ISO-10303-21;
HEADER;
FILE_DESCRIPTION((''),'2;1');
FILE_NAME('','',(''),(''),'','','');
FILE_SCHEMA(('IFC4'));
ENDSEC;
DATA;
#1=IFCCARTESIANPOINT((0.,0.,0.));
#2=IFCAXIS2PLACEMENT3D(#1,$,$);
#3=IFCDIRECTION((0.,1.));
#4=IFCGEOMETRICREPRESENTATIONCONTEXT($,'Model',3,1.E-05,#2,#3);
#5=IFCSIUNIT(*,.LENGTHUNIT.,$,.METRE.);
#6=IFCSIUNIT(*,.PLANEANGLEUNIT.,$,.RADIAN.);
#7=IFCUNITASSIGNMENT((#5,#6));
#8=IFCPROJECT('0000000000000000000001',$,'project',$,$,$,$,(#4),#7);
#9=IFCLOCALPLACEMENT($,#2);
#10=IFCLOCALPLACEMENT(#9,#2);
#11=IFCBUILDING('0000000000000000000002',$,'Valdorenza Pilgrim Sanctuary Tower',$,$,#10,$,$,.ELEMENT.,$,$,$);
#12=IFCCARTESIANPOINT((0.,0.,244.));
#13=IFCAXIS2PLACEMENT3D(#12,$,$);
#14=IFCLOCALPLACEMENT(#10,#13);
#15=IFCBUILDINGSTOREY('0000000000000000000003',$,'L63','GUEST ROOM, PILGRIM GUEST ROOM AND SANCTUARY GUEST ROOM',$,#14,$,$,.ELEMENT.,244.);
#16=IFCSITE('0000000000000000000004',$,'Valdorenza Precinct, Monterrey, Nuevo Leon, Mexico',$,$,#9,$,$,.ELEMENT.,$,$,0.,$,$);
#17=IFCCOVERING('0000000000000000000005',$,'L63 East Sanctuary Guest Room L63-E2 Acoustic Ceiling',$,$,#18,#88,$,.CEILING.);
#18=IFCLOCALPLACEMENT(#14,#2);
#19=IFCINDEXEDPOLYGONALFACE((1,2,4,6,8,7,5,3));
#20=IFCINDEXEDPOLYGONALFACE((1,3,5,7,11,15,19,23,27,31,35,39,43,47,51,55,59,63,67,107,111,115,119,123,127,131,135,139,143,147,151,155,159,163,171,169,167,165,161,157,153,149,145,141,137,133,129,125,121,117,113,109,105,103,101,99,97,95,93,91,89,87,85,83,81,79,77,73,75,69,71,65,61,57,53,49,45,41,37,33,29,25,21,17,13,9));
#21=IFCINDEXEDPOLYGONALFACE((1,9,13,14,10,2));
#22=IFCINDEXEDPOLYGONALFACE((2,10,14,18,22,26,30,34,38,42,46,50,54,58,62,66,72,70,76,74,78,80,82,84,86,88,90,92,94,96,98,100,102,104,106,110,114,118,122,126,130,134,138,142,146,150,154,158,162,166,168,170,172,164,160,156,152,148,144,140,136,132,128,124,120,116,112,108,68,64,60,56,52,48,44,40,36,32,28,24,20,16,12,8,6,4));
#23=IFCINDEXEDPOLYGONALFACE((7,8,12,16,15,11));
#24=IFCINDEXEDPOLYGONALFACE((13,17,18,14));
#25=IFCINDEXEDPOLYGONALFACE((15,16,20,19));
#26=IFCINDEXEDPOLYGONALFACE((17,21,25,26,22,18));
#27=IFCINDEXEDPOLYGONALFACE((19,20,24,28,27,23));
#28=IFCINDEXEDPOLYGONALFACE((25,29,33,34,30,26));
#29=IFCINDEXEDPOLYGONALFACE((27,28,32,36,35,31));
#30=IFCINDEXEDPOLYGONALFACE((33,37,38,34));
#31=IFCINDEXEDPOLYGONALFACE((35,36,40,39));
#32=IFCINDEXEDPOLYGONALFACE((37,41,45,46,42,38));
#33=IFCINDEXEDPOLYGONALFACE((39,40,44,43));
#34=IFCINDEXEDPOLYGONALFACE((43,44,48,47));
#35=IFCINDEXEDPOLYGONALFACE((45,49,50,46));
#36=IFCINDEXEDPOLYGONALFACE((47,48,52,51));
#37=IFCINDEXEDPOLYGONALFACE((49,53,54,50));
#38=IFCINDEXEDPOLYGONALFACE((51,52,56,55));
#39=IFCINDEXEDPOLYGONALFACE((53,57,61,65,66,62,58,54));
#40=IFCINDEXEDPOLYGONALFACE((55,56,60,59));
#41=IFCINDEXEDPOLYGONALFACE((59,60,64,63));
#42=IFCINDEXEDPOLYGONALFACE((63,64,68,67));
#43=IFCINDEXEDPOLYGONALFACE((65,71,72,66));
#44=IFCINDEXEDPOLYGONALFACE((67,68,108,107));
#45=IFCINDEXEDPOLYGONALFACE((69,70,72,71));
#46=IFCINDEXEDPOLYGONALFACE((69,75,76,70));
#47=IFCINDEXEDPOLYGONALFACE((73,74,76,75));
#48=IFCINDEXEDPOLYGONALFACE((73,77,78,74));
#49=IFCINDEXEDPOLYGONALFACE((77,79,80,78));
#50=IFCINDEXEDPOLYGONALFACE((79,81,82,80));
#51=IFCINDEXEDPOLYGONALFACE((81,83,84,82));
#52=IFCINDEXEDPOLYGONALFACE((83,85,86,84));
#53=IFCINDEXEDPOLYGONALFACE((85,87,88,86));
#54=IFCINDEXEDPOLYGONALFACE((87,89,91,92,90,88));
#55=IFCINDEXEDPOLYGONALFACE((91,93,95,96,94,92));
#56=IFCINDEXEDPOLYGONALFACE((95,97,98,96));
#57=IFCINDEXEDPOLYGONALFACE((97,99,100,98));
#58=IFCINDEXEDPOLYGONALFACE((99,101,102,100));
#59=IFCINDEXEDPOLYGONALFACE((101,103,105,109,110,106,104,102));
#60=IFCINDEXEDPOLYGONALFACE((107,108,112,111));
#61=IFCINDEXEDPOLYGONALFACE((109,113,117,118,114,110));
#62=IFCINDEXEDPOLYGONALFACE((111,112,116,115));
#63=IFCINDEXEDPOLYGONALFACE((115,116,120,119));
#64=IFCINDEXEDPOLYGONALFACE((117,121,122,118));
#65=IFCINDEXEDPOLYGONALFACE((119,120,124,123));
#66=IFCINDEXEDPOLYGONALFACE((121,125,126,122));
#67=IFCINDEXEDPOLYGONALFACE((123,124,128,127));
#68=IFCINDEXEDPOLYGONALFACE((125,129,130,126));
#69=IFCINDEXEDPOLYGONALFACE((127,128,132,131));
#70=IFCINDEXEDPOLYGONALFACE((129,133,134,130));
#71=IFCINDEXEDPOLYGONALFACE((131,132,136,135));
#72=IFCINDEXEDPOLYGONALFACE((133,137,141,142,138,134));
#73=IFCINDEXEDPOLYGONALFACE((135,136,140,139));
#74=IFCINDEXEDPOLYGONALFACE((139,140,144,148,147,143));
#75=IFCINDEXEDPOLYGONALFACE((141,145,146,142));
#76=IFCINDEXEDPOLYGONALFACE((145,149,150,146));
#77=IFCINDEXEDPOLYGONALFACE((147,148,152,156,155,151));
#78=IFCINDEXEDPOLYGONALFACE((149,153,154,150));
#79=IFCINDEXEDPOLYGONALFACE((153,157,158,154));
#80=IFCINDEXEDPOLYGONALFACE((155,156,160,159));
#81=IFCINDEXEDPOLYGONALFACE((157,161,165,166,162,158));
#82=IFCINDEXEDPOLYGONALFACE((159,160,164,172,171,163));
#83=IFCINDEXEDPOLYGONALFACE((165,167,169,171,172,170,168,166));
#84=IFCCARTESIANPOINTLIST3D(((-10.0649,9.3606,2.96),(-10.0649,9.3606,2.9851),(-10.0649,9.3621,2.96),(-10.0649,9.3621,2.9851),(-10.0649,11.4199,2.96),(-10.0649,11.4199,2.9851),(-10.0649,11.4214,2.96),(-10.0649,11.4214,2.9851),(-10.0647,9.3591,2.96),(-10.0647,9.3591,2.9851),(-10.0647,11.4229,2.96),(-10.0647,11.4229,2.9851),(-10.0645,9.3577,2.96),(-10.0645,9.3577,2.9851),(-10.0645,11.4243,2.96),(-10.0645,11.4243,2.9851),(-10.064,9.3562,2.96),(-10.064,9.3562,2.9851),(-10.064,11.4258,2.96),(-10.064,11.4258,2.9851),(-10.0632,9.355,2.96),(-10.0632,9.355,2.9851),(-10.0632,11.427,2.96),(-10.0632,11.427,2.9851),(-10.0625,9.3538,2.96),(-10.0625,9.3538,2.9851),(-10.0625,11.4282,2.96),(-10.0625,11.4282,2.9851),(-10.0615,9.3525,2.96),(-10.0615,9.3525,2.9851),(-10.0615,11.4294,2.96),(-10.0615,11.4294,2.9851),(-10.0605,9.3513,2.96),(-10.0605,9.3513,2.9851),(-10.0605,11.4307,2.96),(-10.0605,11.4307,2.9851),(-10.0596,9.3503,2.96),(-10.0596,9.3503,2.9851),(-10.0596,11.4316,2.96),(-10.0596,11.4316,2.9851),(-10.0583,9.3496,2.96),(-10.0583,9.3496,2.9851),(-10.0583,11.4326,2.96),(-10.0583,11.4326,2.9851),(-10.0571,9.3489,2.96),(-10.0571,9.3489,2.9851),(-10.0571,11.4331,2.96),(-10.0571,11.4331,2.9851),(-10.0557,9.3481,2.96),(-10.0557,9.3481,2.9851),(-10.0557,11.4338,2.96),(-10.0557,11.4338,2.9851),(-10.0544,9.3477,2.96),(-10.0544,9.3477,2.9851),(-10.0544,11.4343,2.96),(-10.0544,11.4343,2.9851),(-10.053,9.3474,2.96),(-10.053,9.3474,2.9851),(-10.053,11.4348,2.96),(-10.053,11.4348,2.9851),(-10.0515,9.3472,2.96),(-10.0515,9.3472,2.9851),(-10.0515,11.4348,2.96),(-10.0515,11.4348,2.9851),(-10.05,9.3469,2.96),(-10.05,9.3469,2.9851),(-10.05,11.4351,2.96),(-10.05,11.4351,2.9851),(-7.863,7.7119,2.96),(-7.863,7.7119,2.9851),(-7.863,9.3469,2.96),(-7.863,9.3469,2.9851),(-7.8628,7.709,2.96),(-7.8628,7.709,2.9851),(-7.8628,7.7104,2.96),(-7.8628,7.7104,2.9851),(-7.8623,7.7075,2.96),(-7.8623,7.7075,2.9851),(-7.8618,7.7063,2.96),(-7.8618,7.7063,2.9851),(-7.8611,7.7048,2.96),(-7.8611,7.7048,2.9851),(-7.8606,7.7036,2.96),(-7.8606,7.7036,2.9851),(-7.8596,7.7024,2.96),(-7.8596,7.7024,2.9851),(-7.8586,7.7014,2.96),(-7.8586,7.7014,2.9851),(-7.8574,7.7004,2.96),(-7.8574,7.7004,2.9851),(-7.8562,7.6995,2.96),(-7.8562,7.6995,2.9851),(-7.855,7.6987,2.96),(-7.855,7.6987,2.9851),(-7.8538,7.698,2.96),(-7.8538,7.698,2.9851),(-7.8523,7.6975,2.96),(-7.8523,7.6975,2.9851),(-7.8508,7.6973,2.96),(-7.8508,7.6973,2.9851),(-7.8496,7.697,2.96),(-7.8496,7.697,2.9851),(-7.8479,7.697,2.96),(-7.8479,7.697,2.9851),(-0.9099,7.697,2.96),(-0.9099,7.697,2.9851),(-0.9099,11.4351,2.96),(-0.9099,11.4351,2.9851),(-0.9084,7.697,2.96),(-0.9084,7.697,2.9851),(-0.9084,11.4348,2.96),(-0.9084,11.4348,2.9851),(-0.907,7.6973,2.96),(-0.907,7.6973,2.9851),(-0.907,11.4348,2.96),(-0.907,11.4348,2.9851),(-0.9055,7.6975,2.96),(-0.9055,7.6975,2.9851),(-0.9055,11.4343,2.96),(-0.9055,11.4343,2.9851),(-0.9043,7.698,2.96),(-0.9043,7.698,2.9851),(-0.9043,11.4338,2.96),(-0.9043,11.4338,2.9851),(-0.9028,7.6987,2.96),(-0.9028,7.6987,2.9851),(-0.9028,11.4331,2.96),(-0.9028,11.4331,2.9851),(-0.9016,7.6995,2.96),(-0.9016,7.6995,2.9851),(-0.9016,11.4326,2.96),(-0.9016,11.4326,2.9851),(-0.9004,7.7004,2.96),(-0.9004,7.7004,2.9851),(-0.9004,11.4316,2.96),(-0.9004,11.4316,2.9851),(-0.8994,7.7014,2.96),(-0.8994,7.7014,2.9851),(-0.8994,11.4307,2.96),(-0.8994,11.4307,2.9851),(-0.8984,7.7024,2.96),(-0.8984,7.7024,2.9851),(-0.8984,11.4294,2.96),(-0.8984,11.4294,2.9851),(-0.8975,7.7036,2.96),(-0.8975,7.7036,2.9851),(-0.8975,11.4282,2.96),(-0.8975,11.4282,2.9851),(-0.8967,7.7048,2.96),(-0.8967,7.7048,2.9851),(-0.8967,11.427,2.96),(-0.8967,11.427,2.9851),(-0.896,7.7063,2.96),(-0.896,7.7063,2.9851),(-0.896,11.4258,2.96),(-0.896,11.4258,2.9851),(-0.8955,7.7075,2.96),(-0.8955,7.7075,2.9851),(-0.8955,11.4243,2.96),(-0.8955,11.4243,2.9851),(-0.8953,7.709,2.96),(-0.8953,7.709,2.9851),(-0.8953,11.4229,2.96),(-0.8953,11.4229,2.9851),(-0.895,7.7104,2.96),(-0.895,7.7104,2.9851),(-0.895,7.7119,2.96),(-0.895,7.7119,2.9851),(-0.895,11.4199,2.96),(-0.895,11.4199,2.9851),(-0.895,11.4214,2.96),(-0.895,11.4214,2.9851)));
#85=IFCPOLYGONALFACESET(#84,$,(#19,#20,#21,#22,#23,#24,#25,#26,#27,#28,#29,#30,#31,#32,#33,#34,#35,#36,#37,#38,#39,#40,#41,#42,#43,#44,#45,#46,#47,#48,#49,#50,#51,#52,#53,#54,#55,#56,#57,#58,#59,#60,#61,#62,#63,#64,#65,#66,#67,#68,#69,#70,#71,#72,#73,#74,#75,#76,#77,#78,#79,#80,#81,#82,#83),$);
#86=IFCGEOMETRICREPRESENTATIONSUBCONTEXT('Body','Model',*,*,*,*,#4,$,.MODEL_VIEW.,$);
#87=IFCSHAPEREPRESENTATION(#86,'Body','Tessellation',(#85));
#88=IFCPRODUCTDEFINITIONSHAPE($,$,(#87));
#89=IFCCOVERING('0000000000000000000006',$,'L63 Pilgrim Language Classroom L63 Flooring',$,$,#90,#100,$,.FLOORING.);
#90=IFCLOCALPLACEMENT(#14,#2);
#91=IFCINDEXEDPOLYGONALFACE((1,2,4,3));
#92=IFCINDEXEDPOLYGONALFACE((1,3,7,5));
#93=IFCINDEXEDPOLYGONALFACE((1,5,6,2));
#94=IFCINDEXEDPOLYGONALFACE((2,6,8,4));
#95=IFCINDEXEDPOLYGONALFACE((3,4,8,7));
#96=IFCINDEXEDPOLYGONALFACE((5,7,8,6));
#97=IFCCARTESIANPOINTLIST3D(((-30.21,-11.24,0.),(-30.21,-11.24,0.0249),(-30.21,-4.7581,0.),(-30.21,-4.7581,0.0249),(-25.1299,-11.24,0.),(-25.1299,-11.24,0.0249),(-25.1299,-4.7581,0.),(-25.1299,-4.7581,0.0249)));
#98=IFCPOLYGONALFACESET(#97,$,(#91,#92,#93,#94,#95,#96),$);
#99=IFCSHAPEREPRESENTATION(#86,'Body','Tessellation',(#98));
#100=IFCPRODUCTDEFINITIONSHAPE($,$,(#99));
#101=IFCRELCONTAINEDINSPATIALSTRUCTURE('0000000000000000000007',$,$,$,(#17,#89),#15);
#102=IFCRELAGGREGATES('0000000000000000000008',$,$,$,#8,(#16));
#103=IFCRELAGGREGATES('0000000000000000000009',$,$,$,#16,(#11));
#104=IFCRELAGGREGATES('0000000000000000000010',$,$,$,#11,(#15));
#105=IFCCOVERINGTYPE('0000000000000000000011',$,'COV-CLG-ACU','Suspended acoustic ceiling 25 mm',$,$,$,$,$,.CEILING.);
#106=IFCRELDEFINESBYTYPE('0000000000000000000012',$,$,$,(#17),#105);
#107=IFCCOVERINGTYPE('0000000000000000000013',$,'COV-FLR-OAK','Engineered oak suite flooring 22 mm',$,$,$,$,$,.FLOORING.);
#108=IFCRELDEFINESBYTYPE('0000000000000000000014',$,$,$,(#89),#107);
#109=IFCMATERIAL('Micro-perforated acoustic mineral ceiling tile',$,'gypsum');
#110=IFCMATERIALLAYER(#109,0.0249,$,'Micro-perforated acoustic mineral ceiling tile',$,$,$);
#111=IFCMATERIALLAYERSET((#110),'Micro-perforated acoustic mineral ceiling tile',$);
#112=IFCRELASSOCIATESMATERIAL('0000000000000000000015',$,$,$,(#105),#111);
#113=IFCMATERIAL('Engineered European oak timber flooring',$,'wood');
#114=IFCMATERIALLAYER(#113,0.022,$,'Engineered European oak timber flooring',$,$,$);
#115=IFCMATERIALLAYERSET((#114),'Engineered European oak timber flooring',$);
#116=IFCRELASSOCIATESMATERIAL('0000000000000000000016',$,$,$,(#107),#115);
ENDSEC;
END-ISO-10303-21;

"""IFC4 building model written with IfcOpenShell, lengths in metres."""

from ifc_helpers import new_model, si_unit, direction, frame, origin, place, context, subcontext, project, spatial, polyline, outline, extrude, material, layer, layer_set, type_object, element, save


model = new_model("IFC4")

# Units and contexts
model_context = context("Model", 3, precision=1e-05, world=origin(), true_north=direction((0.0, 1.0)))
body_context = subcontext(model_context, "Body", "Model", "MODEL_VIEW")
ifc_project = project(units=[si_unit("LENGTHUNIT", "METRE"), si_unit("PLANEANGLEUNIT", "RADIAN")], contexts=[model_context])

# Site, building, storey
site_placement = place(None, origin())
site = spatial("IfcSite", under=ifc_project, at=site_placement, Name="Valdorenza Precinct, Monterrey, Nuevo Leon, Mexico", CompositionType="ELEMENT", RefElevation=0.0)
building_placement = place(site_placement, origin())
building = spatial("IfcBuilding", under=site, at=building_placement, Name="Valdorenza Pilgrim Sanctuary Tower", CompositionType="ELEMENT")
storey_placement = place(building_placement, frame((0.0, 0.0, 244.0)))
storey = spatial("IfcBuildingStorey", under=building, at=storey_placement, Name="L63", Description="GUEST ROOM, PILGRIM GUEST ROOM AND SANCTUARY GUEST ROOM", CompositionType="ELEMENT", Elevation=244.0)

# Coverings
ifc_material_1 = material(Name="Micro-perforated acoustic mineral ceiling tile", Category="gypsum")
ifc_layer_1 = layer(ifc_material_1, 0.0249, Name="Micro-perforated acoustic mineral ceiling tile")
ifc_layer_set_1 = layer_set([ifc_layer_1], Name="Micro-perforated acoustic mineral ceiling tile")
covering_type_1 = type_object("IfcCoveringType", Name="COV-CLG-ACU", Description="Suspended acoustic ceiling 25 mm", PredefinedType="CEILING", material=ifc_layer_set_1)
covering_1_placement = place(storey_placement, frame((0.0, 0.0, 2.96)))
element("IfcCovering", 1, at=covering_1_placement, inside=storey, type_object=covering_type_1, Name="L63 East Sanctuary Guest Room L63-E2 Acoustic Ceiling", PredefinedType="CEILING", context=body_context, shape_type="SweptSolid", body=[
    extrude(outline(polyline([(-7.863, 9.3469), (-10.05, 9.3469), (-10.0515, 9.3472), (-10.053, 9.3474), (-10.0544, 9.3477), (-10.0557, 9.3481), (-10.0571, 9.3489), (-10.0583, 9.3496), (-10.0596, 9.3503), (-10.0605, 9.3513), (-10.0615, 9.3525), (-10.0625, 9.3538), (-10.0632, 9.355), (-10.064, 9.3562), (-10.0645, 9.3577), (-10.0647, 9.3591), (-10.0649, 9.3606), (-10.0649, 9.3621), (-10.0649, 11.4199), (-10.0649, 11.4214), (-10.0647, 11.4229), (-10.0645, 11.4243), (-10.064, 11.4258), (-10.0632, 11.427), (-10.0625, 11.4282), (-10.0615, 11.4294), (-10.0605, 11.4307), (-10.0596, 11.4316), (-10.0583, 11.4326), (-10.0571, 11.4331), (-10.0557, 11.4338), (-10.0544, 11.4343), (-10.053, 11.4348), (-10.0515, 11.4348), (-10.05, 11.4351), (-0.9099, 11.4351), (-0.9084, 11.4348), (-0.907, 11.4348), (-0.9055, 11.4343), (-0.9043, 11.4338), (-0.9028, 11.4331), (-0.9016, 11.4326), (-0.9004, 11.4316), (-0.8994, 11.4307), (-0.8984, 11.4294), (-0.8975, 11.4282), (-0.8967, 11.427), (-0.896, 11.4258), (-0.8955, 11.4243), (-0.8953, 11.4229), (-0.895, 11.4214), (-0.895, 11.4199), (-0.895, 7.7119), (-0.895, 7.7104), (-0.8953, 7.709), (-0.8955, 7.7075), (-0.896, 7.7063), (-0.8967, 7.7048), (-0.8975, 7.7036), (-0.8984, 7.7024), (-0.8994, 7.7014), (-0.9004, 7.7004), (-0.9016, 7.6995), (-0.9028, 7.6987), (-0.9043, 7.698), (-0.9055, 7.6975), (-0.907, 7.6973), (-0.9084, 7.697), (-0.9099, 7.697), (-7.8479, 7.697), (-7.8496, 7.697), (-7.8508, 7.6973), (-7.8523, 7.6975), (-7.8538, 7.698), (-7.855, 7.6987), (-7.8562, 7.6995), (-7.8574, 7.7004), (-7.8586, 7.7014), (-7.8596, 7.7024), (-7.8606, 7.7036), (-7.8611, 7.7048), (-7.8618, 7.7063), (-7.8623, 7.7075), (-7.8628, 7.709), (-7.8628, 7.7104), (-7.863, 7.7119), (-7.863, 9.3469)])), origin(), (0.0, 0.0, 1.0), 0.0251),
])
ifc_material_2 = material(Name="Engineered European oak timber flooring", Category="wood")
ifc_layer_2 = layer(ifc_material_2, 0.022, Name="Engineered European oak timber flooring")
ifc_layer_set_2 = layer_set([ifc_layer_2], Name="Engineered European oak timber flooring")
covering_type_2 = type_object("IfcCoveringType", Name="COV-FLR-OAK", Description="Engineered oak suite flooring 22 mm", PredefinedType="FLOORING", material=ifc_layer_set_2)
covering_2_placement = place(storey_placement, origin())
element("IfcCovering", 2, at=covering_2_placement, inside=storey, type_object=covering_type_2, Name="L63 Pilgrim Language Classroom L63 Flooring", PredefinedType="FLOORING", context=body_context, shape_type="SweptSolid", body=[
    extrude(outline(polyline([(-25.1299, -11.24), (-30.21, -11.24), (-30.21, -4.7581), (-25.1299, -4.7581), (-25.1299, -11.24)])), origin(), (0.0, 0.0, 1.0), 0.0249),
])

save(model, "model.ifc")
